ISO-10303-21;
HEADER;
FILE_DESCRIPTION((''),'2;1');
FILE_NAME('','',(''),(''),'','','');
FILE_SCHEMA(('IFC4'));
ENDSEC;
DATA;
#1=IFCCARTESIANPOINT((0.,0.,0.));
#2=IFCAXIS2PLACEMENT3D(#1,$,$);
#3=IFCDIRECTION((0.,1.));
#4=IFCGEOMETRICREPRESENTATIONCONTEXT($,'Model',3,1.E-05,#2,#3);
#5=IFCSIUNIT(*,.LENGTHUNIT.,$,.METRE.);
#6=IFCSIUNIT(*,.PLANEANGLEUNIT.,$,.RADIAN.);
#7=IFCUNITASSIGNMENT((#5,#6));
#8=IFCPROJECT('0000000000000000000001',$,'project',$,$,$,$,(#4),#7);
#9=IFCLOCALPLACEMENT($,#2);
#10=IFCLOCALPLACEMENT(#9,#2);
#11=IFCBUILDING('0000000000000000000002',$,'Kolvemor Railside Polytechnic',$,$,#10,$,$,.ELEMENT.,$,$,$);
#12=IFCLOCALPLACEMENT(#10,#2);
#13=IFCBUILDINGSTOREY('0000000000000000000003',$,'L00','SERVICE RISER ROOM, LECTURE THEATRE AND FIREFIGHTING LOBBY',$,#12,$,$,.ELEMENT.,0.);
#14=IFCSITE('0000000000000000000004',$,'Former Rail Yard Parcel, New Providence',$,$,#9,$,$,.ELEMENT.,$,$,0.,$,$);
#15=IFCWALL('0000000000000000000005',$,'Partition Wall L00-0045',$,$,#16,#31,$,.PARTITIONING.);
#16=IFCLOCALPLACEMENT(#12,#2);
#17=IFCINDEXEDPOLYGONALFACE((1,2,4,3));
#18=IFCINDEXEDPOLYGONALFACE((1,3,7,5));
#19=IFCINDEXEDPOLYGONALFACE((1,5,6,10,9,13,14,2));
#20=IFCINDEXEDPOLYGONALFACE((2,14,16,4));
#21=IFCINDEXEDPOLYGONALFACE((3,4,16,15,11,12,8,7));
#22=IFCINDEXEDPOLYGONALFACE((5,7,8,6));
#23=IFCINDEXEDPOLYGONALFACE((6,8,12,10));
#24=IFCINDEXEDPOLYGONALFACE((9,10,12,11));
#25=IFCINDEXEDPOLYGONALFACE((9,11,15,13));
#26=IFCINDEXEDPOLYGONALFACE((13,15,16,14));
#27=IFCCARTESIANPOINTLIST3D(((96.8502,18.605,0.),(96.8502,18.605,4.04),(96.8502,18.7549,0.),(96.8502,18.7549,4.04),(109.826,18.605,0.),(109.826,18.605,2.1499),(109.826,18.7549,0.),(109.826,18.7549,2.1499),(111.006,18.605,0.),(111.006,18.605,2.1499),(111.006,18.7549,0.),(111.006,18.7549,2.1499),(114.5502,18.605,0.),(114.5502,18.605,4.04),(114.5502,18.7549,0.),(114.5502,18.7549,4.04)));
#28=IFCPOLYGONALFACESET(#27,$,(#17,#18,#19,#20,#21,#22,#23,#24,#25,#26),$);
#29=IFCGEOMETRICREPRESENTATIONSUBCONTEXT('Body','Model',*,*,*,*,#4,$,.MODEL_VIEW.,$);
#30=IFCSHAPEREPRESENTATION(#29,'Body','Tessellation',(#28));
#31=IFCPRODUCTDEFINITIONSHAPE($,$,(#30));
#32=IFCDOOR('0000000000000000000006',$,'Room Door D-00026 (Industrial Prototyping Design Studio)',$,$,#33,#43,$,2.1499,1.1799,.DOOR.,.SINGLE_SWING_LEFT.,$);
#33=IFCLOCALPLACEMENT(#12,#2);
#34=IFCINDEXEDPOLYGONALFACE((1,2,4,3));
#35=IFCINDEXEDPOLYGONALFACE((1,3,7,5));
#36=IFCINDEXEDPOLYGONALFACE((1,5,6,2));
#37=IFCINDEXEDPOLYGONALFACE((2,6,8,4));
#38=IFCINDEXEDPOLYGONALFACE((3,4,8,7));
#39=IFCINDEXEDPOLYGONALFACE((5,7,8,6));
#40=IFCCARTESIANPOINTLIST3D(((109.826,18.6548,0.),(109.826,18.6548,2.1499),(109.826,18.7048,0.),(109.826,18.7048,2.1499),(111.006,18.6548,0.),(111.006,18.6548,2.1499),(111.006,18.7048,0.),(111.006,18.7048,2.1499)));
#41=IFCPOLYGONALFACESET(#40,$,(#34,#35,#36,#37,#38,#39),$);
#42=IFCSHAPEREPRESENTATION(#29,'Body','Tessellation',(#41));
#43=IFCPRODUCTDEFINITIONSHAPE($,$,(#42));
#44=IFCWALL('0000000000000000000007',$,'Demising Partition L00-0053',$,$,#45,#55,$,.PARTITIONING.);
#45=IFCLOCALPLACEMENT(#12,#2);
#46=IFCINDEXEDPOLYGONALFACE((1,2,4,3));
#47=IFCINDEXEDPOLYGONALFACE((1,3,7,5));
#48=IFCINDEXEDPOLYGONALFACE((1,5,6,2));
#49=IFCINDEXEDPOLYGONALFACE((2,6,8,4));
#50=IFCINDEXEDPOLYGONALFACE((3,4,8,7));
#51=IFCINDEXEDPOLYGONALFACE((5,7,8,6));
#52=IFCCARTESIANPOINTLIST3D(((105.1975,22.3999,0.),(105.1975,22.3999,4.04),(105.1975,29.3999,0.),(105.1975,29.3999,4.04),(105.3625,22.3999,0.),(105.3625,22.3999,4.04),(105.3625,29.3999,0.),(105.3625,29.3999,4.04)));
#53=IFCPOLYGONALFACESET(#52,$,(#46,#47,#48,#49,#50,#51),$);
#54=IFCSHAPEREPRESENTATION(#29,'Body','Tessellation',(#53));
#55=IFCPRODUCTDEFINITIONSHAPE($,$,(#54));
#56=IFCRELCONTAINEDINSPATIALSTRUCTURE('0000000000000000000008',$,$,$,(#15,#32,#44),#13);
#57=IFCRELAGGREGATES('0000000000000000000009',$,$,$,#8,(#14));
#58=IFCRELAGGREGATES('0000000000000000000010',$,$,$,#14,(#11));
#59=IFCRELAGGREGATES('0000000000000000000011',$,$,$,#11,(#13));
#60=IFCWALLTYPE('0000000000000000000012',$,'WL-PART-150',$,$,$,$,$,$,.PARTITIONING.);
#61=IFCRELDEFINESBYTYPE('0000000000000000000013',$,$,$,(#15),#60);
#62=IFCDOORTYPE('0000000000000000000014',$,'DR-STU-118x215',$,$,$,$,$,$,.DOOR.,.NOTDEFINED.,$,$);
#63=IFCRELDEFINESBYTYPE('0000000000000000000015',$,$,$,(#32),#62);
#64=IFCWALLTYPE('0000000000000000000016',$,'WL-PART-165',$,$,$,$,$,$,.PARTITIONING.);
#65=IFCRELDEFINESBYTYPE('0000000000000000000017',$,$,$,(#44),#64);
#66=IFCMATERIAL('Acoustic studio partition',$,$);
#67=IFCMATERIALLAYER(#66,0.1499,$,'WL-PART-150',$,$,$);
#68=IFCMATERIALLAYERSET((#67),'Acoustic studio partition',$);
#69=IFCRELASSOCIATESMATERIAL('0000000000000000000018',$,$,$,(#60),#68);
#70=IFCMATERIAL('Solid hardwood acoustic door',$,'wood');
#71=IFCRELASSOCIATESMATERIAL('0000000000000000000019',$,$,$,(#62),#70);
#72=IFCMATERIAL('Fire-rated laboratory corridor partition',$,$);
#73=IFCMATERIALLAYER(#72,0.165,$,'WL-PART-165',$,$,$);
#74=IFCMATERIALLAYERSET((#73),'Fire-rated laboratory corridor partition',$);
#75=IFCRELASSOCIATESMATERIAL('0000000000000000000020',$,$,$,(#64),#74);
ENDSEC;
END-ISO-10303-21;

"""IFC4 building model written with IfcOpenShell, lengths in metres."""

from ifc_helpers import new_model, si_unit, direction, frame, frame_2d, origin, place, context, subcontext, project, spatial, rectangle, extrude, material, layer, layer_set, type_object, element, fill, save


model = new_model("IFC4")

# Units and contexts
model_context = context("Model", 3, precision=1e-05, world=origin(), true_north=direction((0.0, 1.0)))
body_context = subcontext(model_context, "Body", "Model", "MODEL_VIEW")
ifc_project = project(units=[si_unit("LENGTHUNIT", "METRE"), si_unit("PLANEANGLEUNIT", "RADIAN")], contexts=[model_context])

# Site, building, storey
site_placement = place(None, origin())
site = spatial("IfcSite", under=ifc_project, at=site_placement, Name="Former Rail Yard Parcel, New Providence", CompositionType="ELEMENT", RefElevation=0.0)
building_placement = place(site_placement, origin())
building = spatial("IfcBuilding", under=site, at=building_placement, Name="Kolvemor Railside Polytechnic", CompositionType="ELEMENT")
storey_placement = place(building_placement, origin())
storey = spatial("IfcBuildingStorey", under=building, at=storey_placement, Name="L00", Description="SERVICE RISER ROOM, LECTURE THEATRE AND FIREFIGHTING LOBBY", CompositionType="ELEMENT", Elevation=0.0)

# Wall, opening, door
ifc_material_1 = material(Name="Acoustic studio partition")
ifc_layer_1 = layer(ifc_material_1, 0.1499, Name="WL-PART-150")
ifc_layer_set_1 = layer_set([ifc_layer_1], Name="Acoustic studio partition")
wall_type_1 = type_object("IfcWallType", Name="WL-PART-150", PredefinedType="PARTITIONING", material=ifc_layer_set_1)
wall_1_placement = place(storey_placement, frame((96.8501, 18.6799, 0.0), z_axis=(0.0, 0.0, 1.0), x_axis=(1.0, 0.0, 0.0)))
wall_1 = element("IfcWall", 1, at=wall_1_placement, inside=storey, type_object=wall_type_1, Name="Partition Wall L00-0045", PredefinedType="PARTITIONING", context=body_context, shape_type="SweptSolid", body=[
    extrude(rectangle(XDim=17.7, YDim=0.1499, at=frame_2d((8.8501, 0.0))), origin(), (0.0, 0.0, 1.0), 4.04),
])
opening_placement = place(wall_1_placement, frame((12.9761, 0.0, 0.0)))
opening = element("IfcOpeningElement", 2, at=opening_placement, cuts=wall_1, PredefinedType="OPENING", context=body_context, shape_type="SweptSolid", body=[
    extrude(rectangle(XDim=1.1799, YDim=2.1499, at=frame_2d((0.5898, 1.075))), frame((0.0, 0.085, 0.0), z_axis=(0.0, -1.0, 0.0), x_axis=(1.0, 0.0, 0.0)), (0.0, 0.0, 1.0), 0.1699),
])
ifc_material_2 = material(Name="Solid hardwood acoustic door", Category="wood")
door_type = type_object("IfcDoorType", Name="DR-STU-118x215", OperationType="NOTDEFINED", PredefinedType="DOOR", material=ifc_material_2)
door_placement = place(opening_placement, origin())
door = element("IfcDoor", 3, at=door_placement, inside=storey, type_object=door_type, Name="Room Door D-00026 (Industrial Prototyping Design Studio)", OperationType="SINGLE_SWING_LEFT", OverallHeight=2.1499, OverallWidth=1.1799, PredefinedType="DOOR", context=body_context, shape_type="SweptSolid", body=[
    extrude(rectangle(XDim=1.1799, YDim=2.1499, at=frame_2d((0.5898, 1.075))), frame((0.0, 0.0249, 0.0), z_axis=(0.0, -1.0, 0.0), x_axis=(1.0, 0.0, 0.0)), (0.0, 0.0, 1.0), 0.05),
])
fill(opening, door)

# Wall
ifc_material_3 = material(Name="Fire-rated laboratory corridor partition")
ifc_layer_2 = layer(ifc_material_3, 0.165, Name="WL-PART-165")
ifc_layer_set_2 = layer_set([ifc_layer_2], Name="Fire-rated laboratory corridor partition")
wall_type_2 = type_object("IfcWallType", Name="WL-PART-165", PredefinedType="PARTITIONING", material=ifc_layer_set_2)
wall_2_placement = place(storey_placement, frame((105.28, 22.3999, 0.0), z_axis=(0.0, 0.0, 1.0), x_axis=(0.0, 1.0, 0.0)))
element("IfcWall", 4, at=wall_2_placement, inside=storey, type_object=wall_type_2, Name="Demising Partition L00-0053", PredefinedType="PARTITIONING", context=body_context, shape_type="SweptSolid", body=[
    extrude(rectangle(XDim=7.0, YDim=0.165, at=frame_2d((3.5, 0.0))), origin(), (0.0, 0.0, 1.0), 4.04),
])

save(model, "model.ifc")
